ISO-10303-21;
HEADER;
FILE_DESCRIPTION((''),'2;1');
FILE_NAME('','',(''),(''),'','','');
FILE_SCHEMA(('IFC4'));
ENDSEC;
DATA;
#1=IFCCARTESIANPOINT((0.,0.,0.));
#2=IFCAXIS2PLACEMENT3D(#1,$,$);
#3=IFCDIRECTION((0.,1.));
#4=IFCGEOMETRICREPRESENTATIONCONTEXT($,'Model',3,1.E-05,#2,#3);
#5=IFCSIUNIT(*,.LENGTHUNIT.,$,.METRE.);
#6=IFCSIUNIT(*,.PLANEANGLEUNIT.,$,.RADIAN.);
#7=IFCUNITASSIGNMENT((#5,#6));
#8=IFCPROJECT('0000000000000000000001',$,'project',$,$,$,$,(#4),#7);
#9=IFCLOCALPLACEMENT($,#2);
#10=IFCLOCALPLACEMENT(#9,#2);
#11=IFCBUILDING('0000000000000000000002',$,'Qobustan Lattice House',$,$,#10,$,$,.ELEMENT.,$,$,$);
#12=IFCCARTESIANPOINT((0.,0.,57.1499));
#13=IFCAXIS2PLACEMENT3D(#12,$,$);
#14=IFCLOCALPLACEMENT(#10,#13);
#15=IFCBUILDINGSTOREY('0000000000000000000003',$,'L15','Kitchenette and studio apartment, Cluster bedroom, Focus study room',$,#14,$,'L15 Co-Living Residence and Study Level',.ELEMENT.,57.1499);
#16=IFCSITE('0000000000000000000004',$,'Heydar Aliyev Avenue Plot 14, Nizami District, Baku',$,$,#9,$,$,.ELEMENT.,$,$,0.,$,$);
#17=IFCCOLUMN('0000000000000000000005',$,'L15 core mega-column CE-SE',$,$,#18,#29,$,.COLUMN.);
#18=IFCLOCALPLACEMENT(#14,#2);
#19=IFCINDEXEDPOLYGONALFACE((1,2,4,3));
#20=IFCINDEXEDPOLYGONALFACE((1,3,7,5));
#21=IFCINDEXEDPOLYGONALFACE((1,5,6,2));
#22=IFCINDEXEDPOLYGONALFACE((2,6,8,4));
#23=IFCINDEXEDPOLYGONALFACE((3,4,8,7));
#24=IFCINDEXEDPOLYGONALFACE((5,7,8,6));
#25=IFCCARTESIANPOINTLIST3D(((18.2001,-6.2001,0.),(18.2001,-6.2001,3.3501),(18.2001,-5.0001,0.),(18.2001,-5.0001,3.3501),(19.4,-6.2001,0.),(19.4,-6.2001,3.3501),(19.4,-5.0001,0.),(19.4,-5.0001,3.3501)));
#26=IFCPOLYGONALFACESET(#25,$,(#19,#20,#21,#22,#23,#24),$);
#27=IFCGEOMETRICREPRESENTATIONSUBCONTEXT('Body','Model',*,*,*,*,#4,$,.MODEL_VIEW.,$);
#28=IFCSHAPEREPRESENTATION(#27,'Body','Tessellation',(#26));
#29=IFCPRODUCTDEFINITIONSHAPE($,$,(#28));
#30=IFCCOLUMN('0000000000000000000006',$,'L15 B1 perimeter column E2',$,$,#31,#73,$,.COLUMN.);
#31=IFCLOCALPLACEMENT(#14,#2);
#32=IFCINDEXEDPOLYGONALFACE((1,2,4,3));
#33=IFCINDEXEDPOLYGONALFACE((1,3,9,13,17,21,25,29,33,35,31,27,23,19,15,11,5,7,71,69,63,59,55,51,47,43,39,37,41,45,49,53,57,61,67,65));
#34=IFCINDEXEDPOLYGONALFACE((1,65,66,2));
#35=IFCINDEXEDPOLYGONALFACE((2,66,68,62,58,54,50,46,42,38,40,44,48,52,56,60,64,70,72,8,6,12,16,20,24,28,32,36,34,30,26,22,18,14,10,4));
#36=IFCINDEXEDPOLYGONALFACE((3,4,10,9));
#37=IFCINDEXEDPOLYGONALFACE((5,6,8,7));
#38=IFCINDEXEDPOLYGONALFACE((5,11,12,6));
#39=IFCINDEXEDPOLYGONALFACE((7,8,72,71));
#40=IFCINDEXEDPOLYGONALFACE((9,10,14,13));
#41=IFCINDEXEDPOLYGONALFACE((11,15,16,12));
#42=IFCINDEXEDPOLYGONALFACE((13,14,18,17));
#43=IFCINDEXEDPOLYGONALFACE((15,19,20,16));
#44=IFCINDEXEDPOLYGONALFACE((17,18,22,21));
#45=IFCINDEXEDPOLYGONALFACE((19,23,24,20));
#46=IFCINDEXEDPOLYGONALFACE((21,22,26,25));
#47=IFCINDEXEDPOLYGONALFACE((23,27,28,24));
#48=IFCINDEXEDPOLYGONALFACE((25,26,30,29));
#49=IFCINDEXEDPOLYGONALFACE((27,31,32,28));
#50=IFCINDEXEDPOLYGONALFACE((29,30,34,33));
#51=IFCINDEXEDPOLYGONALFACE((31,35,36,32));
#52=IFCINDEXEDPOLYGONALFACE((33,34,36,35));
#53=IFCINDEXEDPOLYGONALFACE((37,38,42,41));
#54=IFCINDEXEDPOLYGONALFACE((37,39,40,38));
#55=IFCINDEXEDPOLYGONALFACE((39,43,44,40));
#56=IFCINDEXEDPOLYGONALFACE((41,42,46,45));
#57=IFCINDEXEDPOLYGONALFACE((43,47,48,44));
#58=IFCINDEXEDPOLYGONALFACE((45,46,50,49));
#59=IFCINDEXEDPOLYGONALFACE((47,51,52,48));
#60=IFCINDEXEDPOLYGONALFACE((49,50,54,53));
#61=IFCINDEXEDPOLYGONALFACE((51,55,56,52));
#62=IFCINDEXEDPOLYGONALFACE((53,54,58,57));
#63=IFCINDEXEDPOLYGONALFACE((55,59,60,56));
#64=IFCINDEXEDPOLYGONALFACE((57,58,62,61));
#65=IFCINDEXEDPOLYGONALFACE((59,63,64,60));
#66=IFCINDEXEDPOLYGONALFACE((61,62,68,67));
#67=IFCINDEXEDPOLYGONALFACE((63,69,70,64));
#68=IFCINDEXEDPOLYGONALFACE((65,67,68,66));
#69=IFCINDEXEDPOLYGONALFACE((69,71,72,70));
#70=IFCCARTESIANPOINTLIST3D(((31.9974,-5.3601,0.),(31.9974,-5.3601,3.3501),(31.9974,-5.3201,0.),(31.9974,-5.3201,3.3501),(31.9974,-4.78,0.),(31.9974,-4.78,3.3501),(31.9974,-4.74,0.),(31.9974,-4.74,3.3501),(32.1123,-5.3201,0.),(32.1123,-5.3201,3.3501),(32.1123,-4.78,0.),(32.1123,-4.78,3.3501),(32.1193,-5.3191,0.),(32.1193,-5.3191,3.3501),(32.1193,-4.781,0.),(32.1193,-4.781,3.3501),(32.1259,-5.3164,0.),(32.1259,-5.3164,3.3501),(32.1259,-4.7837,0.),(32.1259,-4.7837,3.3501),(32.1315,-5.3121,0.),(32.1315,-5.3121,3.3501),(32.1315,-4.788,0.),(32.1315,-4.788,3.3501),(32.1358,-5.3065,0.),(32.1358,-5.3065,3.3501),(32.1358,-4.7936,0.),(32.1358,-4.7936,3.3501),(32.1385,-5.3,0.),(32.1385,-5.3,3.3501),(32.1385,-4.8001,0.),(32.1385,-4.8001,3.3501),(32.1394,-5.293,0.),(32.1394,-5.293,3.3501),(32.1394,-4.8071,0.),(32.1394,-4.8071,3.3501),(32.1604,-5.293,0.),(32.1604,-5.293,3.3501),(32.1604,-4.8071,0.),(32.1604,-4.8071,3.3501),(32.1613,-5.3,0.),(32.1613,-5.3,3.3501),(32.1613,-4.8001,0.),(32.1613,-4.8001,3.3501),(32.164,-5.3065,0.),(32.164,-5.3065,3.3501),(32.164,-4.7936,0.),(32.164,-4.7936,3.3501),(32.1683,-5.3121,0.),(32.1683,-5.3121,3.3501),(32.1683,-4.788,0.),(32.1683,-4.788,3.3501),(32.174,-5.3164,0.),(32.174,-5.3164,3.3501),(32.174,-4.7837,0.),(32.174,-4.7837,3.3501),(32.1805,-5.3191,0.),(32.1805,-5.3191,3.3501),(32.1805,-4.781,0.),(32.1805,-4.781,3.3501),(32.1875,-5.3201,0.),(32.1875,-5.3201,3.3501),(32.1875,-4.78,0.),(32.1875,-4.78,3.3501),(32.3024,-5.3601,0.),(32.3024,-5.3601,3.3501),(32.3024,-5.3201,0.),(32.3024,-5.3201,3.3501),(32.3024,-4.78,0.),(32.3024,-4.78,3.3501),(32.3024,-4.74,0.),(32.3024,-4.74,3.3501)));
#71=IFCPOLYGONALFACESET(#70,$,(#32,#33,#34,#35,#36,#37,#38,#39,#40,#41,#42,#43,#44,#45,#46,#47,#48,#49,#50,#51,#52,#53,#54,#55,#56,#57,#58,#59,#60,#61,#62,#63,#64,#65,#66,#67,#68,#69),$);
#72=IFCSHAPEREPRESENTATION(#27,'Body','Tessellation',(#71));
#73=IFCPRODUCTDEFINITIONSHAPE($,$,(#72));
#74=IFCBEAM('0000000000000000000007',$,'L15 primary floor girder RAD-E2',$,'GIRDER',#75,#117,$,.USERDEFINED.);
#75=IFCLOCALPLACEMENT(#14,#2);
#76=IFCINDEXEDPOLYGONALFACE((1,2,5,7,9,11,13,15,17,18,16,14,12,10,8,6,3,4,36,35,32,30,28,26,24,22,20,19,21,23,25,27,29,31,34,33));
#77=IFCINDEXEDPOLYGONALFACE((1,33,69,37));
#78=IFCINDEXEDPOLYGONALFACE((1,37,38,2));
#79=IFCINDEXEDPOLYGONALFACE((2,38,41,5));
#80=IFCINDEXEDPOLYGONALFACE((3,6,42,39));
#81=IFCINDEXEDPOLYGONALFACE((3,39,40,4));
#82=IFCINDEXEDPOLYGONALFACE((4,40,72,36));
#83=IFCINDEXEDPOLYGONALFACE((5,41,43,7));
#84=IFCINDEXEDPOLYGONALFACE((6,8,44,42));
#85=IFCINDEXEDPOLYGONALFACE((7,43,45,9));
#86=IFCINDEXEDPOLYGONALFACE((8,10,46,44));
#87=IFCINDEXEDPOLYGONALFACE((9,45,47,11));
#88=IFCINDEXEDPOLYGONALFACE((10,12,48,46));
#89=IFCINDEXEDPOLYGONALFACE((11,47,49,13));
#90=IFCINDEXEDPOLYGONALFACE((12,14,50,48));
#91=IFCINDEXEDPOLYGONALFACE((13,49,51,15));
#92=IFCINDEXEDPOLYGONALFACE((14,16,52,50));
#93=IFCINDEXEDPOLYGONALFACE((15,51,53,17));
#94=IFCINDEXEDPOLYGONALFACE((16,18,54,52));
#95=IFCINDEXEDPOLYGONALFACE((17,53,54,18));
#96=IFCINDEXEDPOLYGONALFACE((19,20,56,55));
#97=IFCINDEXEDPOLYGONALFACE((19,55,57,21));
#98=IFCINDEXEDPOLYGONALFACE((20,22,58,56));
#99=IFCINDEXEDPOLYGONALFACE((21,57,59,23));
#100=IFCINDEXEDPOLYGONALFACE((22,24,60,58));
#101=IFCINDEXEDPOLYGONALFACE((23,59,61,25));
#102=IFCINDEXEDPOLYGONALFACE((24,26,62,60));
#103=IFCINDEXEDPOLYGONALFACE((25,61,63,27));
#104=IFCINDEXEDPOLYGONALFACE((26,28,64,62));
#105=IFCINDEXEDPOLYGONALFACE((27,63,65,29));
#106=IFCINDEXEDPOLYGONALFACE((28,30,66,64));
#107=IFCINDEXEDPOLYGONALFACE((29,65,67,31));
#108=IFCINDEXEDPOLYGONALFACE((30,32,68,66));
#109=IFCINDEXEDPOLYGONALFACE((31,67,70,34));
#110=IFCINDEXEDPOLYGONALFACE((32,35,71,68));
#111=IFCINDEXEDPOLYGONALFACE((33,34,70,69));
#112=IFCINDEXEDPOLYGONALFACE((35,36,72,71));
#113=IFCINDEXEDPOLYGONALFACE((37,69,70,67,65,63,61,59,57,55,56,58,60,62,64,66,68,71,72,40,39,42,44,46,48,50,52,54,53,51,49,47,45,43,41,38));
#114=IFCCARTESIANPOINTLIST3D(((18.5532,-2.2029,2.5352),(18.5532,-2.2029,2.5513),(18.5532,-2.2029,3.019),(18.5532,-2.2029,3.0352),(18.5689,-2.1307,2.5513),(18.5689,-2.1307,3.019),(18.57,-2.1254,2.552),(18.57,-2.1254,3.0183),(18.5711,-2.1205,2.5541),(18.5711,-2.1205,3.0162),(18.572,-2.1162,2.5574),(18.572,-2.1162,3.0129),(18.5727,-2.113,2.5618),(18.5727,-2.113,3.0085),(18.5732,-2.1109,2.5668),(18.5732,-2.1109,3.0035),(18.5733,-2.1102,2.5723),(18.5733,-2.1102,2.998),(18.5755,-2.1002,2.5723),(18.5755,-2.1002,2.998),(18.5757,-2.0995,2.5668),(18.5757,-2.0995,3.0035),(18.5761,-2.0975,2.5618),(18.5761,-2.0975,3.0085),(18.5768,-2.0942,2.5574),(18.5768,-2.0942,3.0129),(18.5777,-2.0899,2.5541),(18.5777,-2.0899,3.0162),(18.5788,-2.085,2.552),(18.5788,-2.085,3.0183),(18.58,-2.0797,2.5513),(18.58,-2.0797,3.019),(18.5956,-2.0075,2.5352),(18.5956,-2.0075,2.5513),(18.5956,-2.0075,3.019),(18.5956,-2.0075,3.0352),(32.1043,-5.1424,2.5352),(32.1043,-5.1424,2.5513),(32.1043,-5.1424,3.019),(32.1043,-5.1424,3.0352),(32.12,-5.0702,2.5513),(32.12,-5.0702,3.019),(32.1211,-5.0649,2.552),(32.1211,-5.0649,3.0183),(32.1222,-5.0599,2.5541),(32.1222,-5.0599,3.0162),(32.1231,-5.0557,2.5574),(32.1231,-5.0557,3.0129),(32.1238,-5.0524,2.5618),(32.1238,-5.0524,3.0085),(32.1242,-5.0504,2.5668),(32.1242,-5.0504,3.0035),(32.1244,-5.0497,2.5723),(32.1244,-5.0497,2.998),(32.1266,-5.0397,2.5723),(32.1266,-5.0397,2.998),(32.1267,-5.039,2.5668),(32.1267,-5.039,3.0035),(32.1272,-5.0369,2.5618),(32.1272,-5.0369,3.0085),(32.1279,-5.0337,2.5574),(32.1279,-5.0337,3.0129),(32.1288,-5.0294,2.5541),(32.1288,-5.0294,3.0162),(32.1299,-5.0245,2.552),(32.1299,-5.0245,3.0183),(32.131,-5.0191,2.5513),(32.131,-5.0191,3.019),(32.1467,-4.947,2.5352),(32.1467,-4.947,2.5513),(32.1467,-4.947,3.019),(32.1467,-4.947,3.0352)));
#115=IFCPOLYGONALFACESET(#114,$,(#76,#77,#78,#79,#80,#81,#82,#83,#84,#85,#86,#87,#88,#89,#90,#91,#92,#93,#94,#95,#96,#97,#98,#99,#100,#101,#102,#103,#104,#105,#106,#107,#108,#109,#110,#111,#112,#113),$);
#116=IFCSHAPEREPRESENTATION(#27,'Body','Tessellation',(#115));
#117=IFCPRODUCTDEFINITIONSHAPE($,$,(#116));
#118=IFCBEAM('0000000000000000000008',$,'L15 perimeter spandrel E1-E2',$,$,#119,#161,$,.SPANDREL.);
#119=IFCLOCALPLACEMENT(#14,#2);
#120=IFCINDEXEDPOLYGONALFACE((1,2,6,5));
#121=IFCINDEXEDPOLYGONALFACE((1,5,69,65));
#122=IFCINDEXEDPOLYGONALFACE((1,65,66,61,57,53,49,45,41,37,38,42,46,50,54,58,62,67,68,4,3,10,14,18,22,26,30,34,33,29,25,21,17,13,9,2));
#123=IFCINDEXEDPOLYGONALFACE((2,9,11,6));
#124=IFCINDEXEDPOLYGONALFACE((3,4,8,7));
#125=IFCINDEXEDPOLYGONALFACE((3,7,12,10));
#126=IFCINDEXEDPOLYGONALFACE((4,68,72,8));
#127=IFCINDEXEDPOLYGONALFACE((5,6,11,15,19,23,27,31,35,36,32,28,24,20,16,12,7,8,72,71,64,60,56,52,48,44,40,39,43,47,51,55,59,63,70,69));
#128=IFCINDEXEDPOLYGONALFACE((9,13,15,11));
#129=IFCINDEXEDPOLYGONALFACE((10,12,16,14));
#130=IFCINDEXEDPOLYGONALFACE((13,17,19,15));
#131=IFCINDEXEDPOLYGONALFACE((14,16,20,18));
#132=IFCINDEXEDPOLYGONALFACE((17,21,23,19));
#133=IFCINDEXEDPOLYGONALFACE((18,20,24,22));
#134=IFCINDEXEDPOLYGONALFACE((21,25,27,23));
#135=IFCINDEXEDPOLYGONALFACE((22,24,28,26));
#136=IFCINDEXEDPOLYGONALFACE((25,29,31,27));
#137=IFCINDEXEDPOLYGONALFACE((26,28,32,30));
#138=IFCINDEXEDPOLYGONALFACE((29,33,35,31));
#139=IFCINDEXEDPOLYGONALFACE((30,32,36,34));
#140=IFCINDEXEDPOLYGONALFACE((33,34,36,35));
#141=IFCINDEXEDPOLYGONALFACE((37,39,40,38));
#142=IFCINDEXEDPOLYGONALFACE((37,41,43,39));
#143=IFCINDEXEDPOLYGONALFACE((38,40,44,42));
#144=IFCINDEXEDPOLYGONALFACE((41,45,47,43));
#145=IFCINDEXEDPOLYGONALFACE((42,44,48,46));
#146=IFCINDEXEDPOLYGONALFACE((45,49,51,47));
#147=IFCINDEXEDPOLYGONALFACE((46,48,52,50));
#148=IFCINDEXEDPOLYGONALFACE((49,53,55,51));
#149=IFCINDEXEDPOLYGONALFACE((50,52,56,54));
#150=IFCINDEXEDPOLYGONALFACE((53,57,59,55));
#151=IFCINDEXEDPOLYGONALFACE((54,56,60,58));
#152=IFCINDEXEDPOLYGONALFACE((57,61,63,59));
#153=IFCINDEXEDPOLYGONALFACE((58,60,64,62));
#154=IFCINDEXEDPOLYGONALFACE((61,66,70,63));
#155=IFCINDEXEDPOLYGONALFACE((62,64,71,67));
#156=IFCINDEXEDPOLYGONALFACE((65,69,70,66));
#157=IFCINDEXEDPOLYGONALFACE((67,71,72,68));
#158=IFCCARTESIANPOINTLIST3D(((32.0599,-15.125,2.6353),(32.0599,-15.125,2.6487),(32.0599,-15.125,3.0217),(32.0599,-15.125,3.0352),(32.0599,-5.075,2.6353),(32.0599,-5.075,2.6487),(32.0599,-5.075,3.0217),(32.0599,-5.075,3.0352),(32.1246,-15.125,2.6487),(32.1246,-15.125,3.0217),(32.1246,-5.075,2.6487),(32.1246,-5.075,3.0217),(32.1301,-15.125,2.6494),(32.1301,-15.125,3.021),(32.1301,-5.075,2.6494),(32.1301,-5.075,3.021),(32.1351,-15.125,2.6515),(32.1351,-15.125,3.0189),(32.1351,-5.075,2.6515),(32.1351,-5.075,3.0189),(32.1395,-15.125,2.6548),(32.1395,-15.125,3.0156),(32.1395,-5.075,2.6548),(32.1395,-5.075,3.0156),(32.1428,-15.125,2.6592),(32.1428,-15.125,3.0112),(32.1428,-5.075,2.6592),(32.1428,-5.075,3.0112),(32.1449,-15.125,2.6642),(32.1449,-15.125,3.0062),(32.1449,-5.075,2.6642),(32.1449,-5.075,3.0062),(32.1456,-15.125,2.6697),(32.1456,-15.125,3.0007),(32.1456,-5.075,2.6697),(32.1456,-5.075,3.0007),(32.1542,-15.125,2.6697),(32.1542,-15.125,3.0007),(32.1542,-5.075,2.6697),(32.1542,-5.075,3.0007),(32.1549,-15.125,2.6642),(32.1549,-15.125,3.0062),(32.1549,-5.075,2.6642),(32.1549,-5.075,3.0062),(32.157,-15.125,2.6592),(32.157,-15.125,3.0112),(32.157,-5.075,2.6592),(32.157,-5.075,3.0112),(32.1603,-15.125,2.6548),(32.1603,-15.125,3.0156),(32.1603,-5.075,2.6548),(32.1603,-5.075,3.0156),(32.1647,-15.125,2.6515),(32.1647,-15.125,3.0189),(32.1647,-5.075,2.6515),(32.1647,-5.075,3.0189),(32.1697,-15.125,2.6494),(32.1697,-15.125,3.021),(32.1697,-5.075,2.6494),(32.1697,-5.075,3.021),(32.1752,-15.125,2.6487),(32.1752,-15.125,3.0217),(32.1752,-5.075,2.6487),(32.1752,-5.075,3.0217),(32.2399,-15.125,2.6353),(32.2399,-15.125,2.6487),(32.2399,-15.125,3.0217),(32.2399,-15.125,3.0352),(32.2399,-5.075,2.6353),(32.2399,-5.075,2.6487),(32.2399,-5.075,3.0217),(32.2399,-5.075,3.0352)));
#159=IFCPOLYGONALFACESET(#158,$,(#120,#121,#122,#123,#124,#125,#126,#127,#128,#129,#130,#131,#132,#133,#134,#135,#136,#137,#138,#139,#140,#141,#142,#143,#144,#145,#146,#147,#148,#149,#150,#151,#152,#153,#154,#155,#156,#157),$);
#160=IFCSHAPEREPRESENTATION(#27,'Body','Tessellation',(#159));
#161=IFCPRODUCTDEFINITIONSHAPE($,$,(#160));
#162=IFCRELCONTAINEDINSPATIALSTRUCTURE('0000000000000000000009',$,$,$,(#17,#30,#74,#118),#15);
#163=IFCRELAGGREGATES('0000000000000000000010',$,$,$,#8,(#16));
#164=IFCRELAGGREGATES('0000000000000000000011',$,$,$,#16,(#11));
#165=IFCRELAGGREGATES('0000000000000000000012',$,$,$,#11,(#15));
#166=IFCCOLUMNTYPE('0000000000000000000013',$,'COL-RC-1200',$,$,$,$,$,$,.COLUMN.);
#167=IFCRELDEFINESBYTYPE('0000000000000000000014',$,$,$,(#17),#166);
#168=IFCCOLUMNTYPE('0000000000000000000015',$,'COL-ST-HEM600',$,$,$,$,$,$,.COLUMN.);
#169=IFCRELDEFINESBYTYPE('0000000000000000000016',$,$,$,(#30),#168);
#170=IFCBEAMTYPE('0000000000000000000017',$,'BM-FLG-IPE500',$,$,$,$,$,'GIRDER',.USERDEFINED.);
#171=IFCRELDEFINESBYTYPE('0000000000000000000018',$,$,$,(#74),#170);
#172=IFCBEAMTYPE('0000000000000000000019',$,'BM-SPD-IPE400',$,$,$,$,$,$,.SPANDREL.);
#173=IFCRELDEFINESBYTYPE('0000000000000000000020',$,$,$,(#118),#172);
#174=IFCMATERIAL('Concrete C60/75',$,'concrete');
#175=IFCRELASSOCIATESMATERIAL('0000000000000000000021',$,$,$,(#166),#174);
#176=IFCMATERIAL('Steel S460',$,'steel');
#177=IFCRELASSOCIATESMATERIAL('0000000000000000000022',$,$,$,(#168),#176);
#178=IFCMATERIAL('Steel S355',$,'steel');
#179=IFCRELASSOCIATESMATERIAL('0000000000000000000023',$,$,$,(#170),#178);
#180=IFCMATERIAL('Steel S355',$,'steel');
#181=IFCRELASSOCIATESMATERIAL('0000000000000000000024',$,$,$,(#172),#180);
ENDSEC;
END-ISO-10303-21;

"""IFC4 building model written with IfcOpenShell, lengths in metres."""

from ifc_helpers import new_model, si_unit, direction, frame, origin, origin_2d, place, context, subcontext, project, spatial, rectangle, i_section, extrude, material, material_profile, profile_set, type_object, element, save


model = new_model("IFC4")

# Units and contexts
model_context = context("Model", 3, precision=1e-05, world=origin(), true_north=direction((0.0, 1.0)))
body_context = subcontext(model_context, "Body", "Model", "MODEL_VIEW")
ifc_project = project(units=[si_unit("LENGTHUNIT", "METRE"), si_unit("PLANEANGLEUNIT", "RADIAN")], contexts=[model_context])

# Site, building, storey
site_placement = place(None, origin())
site = spatial("IfcSite", under=ifc_project, at=site_placement, Name="Heydar Aliyev Avenue Plot 14, Nizami District, Baku", CompositionType="ELEMENT", RefElevation=0.0)
building_placement = place(site_placement, origin())
building = spatial("IfcBuilding", under=site, at=building_placement, Name="Qobustan Lattice House", CompositionType="ELEMENT")
storey_placement = place(building_placement, frame((0.0, 0.0, 57.1499)))
storey = spatial("IfcBuildingStorey", under=building, at=storey_placement, Name="L15", Description="Kitchenette and studio apartment, Cluster bedroom, Focus study room", LongName="L15 Co-Living Residence and Study Level", CompositionType="ELEMENT", Elevation=57.1499)

# Columns
ifc_material_1 = material(Name="Concrete C60/75", Category="concrete")
ifc_material_profile_1 = material_profile(ifc_material_1, rectangle(XDim=1.2, YDim=1.2, at=origin_2d()), Name="RC1200x1200")
ifc_profile_set_1 = profile_set([ifc_material_profile_1], Name="Concrete C60/75")
column_type_1 = type_object("IfcColumnType", Name="COL-RC-1200", PredefinedType="COLUMN", material=ifc_profile_set_1)
column_1_placement = place(storey_placement, frame((18.8, -5.6001, 0.0), z_axis=(0.0, 0.0, 1.0), x_axis=(1.0, 0.0, 0.0)))
element("IfcColumn", 1, at=column_1_placement, inside=storey, type_object=column_type_1, Name="L15 core mega-column CE-SE", PredefinedType="COLUMN", context=body_context, shape_type="SweptSolid", body=[
    extrude(rectangle(XDim=1.2, YDim=1.2, at=origin_2d()), origin(), (0.0, 0.0, 1.0), 3.3501),
])
ifc_material_2 = material(Name="Steel S460", Category="steel")
ifc_material_profile_2 = material_profile(ifc_material_2, i_section(OverallWidth=0.3049, OverallDepth=0.6201, WebThickness=0.021, FlangeThickness=0.04, FilletRadius=0.0271, at=origin_2d()), Name="HEM600")
ifc_profile_set_2 = profile_set([ifc_material_profile_2], Name="Steel S460")
column_type_2 = type_object("IfcColumnType", Name="COL-ST-HEM600", PredefinedType="COLUMN", material=ifc_profile_set_2)
column_2_placement = place(storey_placement, frame((32.1499, -5.05, 0.0), z_axis=(0.0, 0.0, 1.0), x_axis=(1.0, 0.0, 0.0)))
element("IfcColumn", 2, at=column_2_placement, inside=storey, type_object=column_type_2, Name="L15 B1 perimeter column E2", PredefinedType="COLUMN", context=body_context, shape_type="SweptSolid", body=[
    extrude(i_section(OverallWidth=0.3049, OverallDepth=0.6201, WebThickness=0.021, FlangeThickness=0.04, FilletRadius=0.0271, at=origin_2d()), origin(), (0.0, 0.0, 1.0), 3.3501),
])

# Beams
ifc_material_3 = material(Name="Steel S355", Category="steel")
ifc_material_profile_3 = material_profile(ifc_material_3, i_section(OverallWidth=0.2, OverallDepth=0.5, WebThickness=0.0103, FlangeThickness=0.0161, FilletRadius=0.021, at=origin_2d()), Name="IPE500")
ifc_profile_set_3 = profile_set([ifc_material_profile_3], Name="Steel S355")
beam_type_1 = type_object("IfcBeamType", Name="BM-FLG-IPE500", ElementType="GIRDER", PredefinedType="USERDEFINED", material=ifc_profile_set_3)
beam_1_placement = place(storey_placement, frame((32.1255, -5.0447, 2.7852), z_axis=(-0.977272, 0.211987, 0.0), x_axis=(-0.211987, -0.977272, 0.0)))
element("IfcBeam", 3, at=beam_1_placement, inside=storey, type_object=beam_type_1, Name="L15 primary floor girder RAD-E2", ObjectType="GIRDER", PredefinedType="USERDEFINED", context=body_context, shape_type="SweptSolid", body=[
    extrude(i_section(OverallWidth=0.2, OverallDepth=0.5, WebThickness=0.0103, FlangeThickness=0.0161, FilletRadius=0.021, at=origin_2d()), origin(), (0.0, 0.0, 1.0), 13.8662),
])
ifc_material_4 = material(Name="Steel S355", Category="steel")
ifc_material_profile_4 = material_profile(ifc_material_4, i_section(OverallWidth=0.1799, OverallDepth=0.3999, WebThickness=0.0085, FlangeThickness=0.0134, FilletRadius=0.021, at=origin_2d()), Name="IPE400")
ifc_profile_set_4 = profile_set([ifc_material_profile_4], Name="Steel S355")
beam_type_2 = type_object("IfcBeamType", Name="BM-SPD-IPE400", PredefinedType="SPANDREL", material=ifc_profile_set_4)
beam_2_placement = place(storey_placement, frame((32.1499, -15.125, 2.8352), z_axis=(0.0, 1.0, 0.0), x_axis=(-1.0, 0.0, 0.0)))
element("IfcBeam", 4, at=beam_2_placement, inside=storey, type_object=beam_type_2, Name="L15 perimeter spandrel E1-E2", PredefinedType="SPANDREL", context=body_context, shape_type="SweptSolid", body=[
    extrude(i_section(OverallWidth=0.1799, OverallDepth=0.3999, WebThickness=0.0085, FlangeThickness=0.0134, FilletRadius=0.021, at=origin_2d()), origin(), (0.0, 0.0, 1.0), 10.05),
])

save(model, "model.ifc")
